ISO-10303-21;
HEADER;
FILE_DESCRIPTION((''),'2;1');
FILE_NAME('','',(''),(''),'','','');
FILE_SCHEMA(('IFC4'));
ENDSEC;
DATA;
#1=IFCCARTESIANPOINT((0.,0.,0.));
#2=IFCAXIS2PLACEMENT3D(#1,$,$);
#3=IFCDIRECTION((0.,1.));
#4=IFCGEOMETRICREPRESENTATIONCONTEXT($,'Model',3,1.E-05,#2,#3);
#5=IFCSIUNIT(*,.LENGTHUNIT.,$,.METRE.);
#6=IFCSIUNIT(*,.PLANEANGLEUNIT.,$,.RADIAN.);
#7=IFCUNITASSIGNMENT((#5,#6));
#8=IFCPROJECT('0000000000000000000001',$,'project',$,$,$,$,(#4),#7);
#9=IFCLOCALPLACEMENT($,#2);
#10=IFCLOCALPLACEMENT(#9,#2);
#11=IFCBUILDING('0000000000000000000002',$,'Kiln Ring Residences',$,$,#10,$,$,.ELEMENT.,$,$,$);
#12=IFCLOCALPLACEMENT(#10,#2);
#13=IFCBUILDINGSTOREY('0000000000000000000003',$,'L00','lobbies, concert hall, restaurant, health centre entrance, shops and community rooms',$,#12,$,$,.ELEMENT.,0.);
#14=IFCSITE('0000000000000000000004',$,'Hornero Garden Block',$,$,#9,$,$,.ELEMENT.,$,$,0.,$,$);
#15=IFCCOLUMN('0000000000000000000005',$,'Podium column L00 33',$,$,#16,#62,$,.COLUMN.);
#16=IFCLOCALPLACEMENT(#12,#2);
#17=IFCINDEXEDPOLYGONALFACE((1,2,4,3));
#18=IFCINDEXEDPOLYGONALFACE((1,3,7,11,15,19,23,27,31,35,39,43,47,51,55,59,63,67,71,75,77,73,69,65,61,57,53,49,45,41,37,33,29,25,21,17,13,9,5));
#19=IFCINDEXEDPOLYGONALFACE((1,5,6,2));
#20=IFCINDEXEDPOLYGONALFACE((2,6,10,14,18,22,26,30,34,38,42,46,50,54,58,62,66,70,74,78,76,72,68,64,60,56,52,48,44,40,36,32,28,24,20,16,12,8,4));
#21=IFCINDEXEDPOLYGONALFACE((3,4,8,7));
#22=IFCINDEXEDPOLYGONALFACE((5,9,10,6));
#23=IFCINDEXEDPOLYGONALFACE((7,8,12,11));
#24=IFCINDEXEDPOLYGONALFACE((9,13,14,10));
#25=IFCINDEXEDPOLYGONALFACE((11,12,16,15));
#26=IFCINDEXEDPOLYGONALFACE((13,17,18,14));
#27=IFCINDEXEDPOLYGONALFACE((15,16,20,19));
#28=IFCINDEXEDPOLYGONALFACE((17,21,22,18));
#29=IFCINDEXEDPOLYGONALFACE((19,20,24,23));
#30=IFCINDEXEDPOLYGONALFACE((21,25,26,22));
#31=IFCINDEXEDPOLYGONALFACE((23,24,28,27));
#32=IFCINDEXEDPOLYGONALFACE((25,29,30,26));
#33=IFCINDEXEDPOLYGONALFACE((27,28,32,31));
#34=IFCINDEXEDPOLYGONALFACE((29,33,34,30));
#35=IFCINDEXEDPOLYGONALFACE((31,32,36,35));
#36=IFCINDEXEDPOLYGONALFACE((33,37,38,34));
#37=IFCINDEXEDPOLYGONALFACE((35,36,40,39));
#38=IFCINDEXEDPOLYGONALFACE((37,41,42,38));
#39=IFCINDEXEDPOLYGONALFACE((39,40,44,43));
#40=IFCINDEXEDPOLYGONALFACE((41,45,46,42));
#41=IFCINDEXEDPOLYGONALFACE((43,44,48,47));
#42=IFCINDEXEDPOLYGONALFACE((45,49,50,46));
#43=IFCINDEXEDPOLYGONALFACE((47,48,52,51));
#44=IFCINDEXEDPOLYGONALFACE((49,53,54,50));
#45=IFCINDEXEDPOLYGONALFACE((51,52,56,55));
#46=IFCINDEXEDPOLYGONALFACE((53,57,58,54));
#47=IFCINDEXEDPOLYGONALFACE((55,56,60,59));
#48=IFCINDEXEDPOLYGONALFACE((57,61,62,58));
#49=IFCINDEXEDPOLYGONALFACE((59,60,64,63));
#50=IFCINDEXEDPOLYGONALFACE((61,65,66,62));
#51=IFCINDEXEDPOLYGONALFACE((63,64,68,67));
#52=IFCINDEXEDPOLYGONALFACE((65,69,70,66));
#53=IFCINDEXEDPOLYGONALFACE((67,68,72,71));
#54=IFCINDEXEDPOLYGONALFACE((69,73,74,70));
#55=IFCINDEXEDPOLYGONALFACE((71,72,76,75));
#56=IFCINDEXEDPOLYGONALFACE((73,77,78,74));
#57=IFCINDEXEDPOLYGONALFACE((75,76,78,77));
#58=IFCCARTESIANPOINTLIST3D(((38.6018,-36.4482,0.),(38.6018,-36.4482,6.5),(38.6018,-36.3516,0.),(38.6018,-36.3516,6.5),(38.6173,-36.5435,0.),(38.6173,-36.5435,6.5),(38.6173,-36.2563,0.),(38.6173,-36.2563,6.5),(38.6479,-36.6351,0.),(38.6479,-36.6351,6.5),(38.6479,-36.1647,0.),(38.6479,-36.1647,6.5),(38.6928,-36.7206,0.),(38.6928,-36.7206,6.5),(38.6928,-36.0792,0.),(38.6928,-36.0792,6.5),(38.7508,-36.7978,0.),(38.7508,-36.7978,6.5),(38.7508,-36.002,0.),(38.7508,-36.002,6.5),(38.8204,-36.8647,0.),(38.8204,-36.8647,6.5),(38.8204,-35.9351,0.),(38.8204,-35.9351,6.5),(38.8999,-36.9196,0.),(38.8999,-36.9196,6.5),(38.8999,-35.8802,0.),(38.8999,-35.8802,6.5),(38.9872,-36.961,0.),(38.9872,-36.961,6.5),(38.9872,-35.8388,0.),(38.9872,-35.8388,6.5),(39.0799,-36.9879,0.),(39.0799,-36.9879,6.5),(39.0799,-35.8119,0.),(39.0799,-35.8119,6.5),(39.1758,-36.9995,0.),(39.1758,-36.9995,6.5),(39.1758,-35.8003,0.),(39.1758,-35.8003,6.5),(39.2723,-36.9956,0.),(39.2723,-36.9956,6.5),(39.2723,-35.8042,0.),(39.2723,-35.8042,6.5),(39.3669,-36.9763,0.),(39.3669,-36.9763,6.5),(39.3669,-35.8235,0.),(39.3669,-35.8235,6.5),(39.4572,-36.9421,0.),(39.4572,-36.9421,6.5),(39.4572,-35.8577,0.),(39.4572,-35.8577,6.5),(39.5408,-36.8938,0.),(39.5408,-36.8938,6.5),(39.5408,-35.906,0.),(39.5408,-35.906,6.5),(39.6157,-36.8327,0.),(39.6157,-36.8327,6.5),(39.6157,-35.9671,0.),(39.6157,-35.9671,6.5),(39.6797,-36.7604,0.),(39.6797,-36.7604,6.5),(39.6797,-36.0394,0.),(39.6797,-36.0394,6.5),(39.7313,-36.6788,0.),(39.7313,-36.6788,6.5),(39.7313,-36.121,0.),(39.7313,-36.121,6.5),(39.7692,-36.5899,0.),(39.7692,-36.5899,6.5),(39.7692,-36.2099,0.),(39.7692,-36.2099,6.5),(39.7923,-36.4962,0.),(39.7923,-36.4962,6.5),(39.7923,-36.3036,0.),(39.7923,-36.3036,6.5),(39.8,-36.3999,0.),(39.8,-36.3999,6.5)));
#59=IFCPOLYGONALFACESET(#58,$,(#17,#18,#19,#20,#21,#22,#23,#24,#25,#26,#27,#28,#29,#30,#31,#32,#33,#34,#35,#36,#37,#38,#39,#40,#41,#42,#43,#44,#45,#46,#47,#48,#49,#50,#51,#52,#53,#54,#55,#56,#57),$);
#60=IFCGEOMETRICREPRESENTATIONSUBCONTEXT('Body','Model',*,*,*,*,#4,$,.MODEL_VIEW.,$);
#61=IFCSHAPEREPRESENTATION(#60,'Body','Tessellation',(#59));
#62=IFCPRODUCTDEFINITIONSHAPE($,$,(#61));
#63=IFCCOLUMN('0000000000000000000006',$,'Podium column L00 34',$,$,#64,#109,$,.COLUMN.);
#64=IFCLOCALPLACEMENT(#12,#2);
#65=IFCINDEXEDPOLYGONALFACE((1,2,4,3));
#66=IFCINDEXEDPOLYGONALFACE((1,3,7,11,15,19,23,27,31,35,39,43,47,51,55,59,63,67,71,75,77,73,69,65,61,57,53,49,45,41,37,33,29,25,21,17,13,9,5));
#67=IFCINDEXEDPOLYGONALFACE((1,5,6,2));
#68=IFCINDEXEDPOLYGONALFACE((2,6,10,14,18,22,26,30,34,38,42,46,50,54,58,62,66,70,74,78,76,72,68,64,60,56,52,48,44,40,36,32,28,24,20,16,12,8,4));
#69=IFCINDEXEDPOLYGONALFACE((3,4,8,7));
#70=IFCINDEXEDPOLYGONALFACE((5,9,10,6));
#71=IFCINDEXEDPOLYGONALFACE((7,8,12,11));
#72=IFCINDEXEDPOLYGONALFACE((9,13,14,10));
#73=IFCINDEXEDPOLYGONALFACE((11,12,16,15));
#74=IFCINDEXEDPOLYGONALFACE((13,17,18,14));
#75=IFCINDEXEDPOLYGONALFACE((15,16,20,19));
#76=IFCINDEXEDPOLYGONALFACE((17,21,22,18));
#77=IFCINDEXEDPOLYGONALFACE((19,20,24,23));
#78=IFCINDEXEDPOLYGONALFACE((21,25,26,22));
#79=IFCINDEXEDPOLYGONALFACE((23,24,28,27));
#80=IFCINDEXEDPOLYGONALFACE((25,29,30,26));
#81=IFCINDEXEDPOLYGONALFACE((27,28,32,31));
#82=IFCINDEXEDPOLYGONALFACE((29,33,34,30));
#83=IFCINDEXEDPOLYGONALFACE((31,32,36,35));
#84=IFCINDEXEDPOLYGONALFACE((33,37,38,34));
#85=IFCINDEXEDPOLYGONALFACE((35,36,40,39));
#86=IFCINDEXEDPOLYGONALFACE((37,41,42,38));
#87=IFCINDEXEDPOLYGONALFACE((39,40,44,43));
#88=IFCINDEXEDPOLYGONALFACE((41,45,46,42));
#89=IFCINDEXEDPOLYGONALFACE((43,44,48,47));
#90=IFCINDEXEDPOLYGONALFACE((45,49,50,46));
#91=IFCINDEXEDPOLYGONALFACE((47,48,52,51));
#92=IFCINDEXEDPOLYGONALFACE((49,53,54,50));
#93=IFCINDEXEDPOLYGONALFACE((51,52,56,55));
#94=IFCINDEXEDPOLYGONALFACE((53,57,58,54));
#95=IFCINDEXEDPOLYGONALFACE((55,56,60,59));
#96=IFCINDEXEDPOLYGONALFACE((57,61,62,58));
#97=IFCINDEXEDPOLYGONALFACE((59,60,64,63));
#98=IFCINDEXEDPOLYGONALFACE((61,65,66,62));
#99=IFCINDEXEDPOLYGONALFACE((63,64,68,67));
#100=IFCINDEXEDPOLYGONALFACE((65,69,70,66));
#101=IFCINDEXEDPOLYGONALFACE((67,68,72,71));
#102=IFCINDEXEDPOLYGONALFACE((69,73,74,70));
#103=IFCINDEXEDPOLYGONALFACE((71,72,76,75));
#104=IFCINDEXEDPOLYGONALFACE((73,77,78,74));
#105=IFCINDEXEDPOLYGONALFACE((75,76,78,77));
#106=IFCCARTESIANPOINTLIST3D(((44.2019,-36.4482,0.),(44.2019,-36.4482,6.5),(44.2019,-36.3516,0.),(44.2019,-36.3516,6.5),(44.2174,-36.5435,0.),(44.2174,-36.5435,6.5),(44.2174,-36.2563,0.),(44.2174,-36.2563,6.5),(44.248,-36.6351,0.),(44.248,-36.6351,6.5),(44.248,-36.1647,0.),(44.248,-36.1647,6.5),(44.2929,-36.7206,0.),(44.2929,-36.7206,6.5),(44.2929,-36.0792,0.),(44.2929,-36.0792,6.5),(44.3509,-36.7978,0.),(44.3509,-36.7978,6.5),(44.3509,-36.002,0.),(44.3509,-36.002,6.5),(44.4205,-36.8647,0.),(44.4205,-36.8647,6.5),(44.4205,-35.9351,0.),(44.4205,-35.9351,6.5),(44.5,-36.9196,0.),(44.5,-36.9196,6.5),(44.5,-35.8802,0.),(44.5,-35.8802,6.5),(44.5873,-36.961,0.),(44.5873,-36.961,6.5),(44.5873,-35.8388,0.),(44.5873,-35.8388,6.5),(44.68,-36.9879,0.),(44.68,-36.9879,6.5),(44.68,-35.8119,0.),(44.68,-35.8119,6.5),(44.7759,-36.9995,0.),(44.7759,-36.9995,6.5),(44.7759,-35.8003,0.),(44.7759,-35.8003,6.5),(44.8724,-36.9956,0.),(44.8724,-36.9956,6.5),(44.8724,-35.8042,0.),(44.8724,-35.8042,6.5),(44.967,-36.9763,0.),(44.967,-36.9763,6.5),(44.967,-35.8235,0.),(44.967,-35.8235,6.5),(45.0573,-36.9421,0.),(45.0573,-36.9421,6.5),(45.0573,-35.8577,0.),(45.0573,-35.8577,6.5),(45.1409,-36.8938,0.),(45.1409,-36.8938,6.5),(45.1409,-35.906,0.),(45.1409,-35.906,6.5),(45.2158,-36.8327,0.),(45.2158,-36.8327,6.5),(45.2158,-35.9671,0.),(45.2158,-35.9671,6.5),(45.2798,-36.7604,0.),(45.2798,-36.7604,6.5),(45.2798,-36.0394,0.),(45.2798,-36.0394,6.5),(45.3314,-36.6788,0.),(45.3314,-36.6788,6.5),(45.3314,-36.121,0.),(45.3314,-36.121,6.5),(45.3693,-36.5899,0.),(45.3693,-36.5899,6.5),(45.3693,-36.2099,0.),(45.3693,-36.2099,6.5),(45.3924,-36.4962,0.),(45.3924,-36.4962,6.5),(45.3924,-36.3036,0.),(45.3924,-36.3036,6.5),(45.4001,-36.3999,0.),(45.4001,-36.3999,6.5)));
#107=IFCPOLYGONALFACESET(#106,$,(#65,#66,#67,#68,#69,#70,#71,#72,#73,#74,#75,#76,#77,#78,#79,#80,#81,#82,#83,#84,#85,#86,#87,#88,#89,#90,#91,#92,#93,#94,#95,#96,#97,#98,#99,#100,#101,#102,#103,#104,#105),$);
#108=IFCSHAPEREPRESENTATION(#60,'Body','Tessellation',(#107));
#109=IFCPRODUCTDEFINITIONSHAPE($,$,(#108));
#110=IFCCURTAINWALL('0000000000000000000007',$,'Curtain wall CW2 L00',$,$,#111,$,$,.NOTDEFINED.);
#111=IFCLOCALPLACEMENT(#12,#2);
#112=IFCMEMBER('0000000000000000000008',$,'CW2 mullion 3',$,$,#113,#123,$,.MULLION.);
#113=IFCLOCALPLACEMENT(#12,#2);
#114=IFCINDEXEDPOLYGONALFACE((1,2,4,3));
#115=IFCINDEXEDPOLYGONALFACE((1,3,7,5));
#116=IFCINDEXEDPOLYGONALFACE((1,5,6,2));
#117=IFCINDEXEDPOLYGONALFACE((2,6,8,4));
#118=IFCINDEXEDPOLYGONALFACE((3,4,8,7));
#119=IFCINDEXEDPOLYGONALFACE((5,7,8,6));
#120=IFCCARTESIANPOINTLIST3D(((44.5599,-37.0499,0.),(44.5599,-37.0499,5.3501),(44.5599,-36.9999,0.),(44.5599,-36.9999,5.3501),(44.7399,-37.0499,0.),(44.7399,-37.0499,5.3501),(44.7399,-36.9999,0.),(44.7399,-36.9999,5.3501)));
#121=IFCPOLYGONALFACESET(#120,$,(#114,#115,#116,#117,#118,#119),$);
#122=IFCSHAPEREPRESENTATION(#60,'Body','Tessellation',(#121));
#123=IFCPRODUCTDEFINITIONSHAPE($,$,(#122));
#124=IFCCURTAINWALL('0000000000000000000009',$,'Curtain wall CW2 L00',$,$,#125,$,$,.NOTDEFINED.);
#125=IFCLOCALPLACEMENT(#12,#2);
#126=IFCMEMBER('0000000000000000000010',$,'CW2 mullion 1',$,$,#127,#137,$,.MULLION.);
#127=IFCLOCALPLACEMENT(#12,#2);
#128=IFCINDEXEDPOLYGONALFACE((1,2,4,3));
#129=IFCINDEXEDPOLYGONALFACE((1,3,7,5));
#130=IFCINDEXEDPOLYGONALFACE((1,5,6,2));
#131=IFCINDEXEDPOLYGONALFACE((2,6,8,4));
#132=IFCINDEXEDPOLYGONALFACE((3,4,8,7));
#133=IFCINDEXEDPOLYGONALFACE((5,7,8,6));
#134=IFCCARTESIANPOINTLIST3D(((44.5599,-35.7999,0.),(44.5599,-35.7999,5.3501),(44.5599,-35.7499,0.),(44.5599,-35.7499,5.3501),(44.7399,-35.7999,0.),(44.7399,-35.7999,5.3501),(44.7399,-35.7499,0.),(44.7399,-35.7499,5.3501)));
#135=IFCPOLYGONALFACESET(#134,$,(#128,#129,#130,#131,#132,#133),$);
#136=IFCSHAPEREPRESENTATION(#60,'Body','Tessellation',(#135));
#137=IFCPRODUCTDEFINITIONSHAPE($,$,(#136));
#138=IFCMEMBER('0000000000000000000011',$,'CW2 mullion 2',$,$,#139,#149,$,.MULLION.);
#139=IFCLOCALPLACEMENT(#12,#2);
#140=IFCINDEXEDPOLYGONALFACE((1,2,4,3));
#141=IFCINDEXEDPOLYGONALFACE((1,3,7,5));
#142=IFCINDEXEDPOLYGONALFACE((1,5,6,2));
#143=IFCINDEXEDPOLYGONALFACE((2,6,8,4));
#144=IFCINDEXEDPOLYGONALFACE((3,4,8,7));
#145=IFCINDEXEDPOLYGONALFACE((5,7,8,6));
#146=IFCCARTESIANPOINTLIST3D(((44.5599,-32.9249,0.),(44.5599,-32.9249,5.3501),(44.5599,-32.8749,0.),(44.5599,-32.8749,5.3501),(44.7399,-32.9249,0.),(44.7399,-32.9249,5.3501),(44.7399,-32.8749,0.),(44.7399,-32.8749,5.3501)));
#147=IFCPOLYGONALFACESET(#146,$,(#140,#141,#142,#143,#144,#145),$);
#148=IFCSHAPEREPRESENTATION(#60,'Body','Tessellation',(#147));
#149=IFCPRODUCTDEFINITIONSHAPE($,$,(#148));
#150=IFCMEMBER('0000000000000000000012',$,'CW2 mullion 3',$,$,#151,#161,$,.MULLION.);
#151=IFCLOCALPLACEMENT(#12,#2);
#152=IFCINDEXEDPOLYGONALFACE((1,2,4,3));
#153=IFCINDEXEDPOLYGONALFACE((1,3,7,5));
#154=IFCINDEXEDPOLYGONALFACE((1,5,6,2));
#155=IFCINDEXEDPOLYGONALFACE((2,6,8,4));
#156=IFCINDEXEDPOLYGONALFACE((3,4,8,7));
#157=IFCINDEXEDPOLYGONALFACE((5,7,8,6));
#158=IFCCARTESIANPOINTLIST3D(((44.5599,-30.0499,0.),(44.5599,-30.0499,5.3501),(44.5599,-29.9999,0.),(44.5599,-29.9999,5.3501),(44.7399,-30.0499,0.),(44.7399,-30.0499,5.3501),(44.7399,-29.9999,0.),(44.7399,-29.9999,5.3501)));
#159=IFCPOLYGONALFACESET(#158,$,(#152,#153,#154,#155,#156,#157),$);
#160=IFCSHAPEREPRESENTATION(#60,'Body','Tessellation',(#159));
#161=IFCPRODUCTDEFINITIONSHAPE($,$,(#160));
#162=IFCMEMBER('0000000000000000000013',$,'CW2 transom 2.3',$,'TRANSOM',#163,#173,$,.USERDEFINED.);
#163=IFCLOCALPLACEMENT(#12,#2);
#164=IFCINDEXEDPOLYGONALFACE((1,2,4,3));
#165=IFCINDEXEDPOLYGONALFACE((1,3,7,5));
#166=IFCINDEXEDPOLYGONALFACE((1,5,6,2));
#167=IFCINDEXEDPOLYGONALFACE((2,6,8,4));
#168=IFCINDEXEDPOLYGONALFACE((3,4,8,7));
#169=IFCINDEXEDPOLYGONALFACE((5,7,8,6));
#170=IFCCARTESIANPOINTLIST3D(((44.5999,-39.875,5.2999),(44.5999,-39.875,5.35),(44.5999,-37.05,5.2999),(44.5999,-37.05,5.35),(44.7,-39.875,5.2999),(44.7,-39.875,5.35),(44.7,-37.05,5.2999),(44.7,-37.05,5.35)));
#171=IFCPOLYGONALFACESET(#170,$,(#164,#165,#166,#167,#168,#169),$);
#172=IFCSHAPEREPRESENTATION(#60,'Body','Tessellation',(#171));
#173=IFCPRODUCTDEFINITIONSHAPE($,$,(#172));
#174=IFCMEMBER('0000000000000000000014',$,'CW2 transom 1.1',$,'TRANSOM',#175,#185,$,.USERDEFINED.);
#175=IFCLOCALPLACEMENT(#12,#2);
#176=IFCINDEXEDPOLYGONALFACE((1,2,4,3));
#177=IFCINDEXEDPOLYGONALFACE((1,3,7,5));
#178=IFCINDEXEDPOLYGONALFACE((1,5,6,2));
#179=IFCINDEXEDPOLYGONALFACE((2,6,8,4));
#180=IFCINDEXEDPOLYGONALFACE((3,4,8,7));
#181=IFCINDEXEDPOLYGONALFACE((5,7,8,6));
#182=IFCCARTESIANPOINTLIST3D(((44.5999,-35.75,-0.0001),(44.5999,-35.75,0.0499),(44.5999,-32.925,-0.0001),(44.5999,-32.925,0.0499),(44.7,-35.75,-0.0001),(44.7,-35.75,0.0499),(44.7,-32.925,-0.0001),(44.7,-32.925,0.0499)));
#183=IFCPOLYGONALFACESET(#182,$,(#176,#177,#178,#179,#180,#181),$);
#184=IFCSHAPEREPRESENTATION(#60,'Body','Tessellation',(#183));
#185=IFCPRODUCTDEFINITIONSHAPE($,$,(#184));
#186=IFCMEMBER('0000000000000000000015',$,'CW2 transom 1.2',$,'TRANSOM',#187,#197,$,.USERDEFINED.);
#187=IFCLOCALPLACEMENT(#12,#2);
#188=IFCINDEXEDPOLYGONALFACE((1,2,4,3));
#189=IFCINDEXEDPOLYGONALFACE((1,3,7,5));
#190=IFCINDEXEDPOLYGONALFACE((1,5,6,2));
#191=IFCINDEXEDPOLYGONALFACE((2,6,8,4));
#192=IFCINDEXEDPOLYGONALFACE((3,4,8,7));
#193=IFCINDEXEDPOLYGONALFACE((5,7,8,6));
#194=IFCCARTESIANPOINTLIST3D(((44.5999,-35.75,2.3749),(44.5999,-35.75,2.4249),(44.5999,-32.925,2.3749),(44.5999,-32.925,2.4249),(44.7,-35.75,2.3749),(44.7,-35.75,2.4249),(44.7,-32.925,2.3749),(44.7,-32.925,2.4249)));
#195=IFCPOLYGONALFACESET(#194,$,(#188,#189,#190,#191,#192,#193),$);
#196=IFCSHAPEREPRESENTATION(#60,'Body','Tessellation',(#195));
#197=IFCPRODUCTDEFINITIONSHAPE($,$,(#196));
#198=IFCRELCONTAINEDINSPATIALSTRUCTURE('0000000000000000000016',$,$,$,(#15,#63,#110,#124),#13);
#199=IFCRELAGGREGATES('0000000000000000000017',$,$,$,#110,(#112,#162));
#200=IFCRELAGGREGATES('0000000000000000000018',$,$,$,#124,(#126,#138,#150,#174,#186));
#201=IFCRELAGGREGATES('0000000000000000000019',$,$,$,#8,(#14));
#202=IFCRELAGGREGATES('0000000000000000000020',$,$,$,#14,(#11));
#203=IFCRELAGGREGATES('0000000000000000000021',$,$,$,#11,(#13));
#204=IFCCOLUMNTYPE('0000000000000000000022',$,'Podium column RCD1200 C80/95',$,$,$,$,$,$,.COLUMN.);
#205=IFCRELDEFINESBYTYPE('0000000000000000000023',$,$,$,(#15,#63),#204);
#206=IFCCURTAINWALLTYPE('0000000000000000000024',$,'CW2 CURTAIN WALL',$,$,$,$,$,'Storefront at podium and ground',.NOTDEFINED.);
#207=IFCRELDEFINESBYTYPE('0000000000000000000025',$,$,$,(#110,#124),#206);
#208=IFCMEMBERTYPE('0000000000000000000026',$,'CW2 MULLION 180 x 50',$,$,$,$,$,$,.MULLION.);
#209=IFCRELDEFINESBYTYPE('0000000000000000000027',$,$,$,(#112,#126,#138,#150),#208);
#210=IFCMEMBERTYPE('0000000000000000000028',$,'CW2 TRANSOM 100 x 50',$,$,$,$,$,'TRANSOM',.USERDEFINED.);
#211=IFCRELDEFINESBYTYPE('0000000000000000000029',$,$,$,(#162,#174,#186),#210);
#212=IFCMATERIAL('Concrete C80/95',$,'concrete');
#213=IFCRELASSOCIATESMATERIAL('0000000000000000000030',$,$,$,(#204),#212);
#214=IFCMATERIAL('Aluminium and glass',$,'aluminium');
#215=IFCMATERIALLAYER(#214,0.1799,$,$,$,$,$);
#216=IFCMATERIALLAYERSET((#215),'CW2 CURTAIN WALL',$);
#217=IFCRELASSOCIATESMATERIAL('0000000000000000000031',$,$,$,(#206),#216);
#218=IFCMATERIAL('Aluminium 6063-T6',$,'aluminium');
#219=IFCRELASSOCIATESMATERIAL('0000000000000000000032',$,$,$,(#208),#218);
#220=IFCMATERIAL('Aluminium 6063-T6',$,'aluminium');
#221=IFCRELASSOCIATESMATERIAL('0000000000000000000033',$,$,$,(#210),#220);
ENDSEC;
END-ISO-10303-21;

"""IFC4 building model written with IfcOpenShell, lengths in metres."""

from ifc_helpers import new_model, si_unit, direction, frame, origin, origin_2d, place, context, subcontext, project, spatial, rectangle, circle, extrude, material, layer, layer_set, material_profile, profile_set, type_object, element, aggregate, save


model = new_model("IFC4")

# Units and contexts
model_context = context("Model", 3, precision=1e-05, world=origin(), true_north=direction((0.0, 1.0)))
body_context = subcontext(model_context, "Body", "Model", "MODEL_VIEW")
ifc_project = project(units=[si_unit("LENGTHUNIT", "METRE"), si_unit("PLANEANGLEUNIT", "RADIAN")], contexts=[model_context])

# Site, building, storey
site_placement = place(None, origin())
site = spatial("IfcSite", under=ifc_project, at=site_placement, Name="Hornero Garden Block", CompositionType="ELEMENT", RefElevation=0.0)
building_placement = place(site_placement, origin())
building = spatial("IfcBuilding", under=site, at=building_placement, Name="Kiln Ring Residences", CompositionType="ELEMENT")
storey_placement = place(building_placement, origin())
storey = spatial("IfcBuildingStorey", under=building, at=storey_placement, Name="L00", Description="lobbies, concert hall, restaurant, health centre entrance, shops and community rooms", CompositionType="ELEMENT", Elevation=0.0)

# Columns
ifc_material_1 = material(Name="Concrete C80/95", Category="concrete")
ifc_material_profile_1 = material_profile(ifc_material_1, circle(Radius=0.6001, at=origin_2d()), Name="RCD1200")
ifc_profile_set_1 = profile_set([ifc_material_profile_1], Name="Concrete C80/95")
column_type = type_object("IfcColumnType", Name="Podium column RCD1200 C80/95", PredefinedType="COLUMN", material=ifc_profile_set_1)
for number, where, z_axis, x_axis, name in (
    (1, (39.2, -36.3999, 0.0), (0.0, 0.0, 1.0), (1.0, 0.0, 0.0), "Podium column L00 33"),
    (2, (44.8, -36.3999, 0.0), (0.0, 0.0, 1.0), (1.0, 0.0, 0.0), "Podium column L00 34"),
):
    element("IfcColumn", number, at=place(storey_placement, frame(where, z_axis=z_axis, x_axis=x_axis)), inside=storey, type_object=column_type, Name=name, PredefinedType="COLUMN", context=body_context, shape_type="SweptSolid", body=[
        extrude(circle(Radius=0.6001, at=origin_2d()), origin(), (0.0, 0.0, 1.0), 6.5),
    ])

# Curtain wall, member
ifc_material_2 = material(Name="Aluminium and glass", Category="aluminium")
ifc_layer_1 = layer(ifc_material_2, 0.1799)
ifc_layer_set_1 = layer_set([ifc_layer_1], Name="CW2 CURTAIN WALL")
curtain_wall_type = type_object("IfcCurtainWallType", Name="CW2 CURTAIN WALL", ElementType="Storefront at podium and ground", PredefinedType="NOTDEFINED", material=ifc_layer_set_1)
placement = place(storey_placement, origin())
curtain_wall_1 = element("IfcCurtainWall", 3, at=placement, inside=storey, type_object=curtain_wall_type, Name="Curtain wall CW2 L00", PredefinedType="NOTDEFINED")
ifc_material_3 = material(Name="Aluminium 6063-T6", Category="aluminium")
ifc_material_profile_2 = material_profile(ifc_material_3, rectangle(XDim=0.1799, YDim=0.05, at=origin_2d()), Name="AL 180x50")
ifc_profile_set_2 = profile_set([ifc_material_profile_2], Name="Aluminium 6063-T6")
member_type_1 = type_object("IfcMemberType", Name="CW2 MULLION 180 x 50", PredefinedType="MULLION", material=ifc_profile_set_2)
member_1_placement = place(storey_placement, frame((44.6499, -37.0249, 0.0), z_axis=(0.0, 0.0, 1.0), x_axis=(-1.0, 0.0, 0.0)))
member_1 = element("IfcMember", 4, at=member_1_placement, type_object=member_type_1, Name="CW2 mullion 3", PredefinedType="MULLION", context=body_context, shape_type="SweptSolid", body=[
    extrude(rectangle(XDim=0.1799, YDim=0.05, at=origin_2d()), origin(), (0.0, 0.0, 1.0), 5.3501),
])

# Curtain wall, members
curtain_wall_2 = element("IfcCurtainWall", 5, at=placement, inside=storey, type_object=curtain_wall_type, Name="Curtain wall CW2 L00", PredefinedType="NOTDEFINED")
member_2_placement = place(storey_placement, frame((44.6499, -35.7749, 0.0), z_axis=(0.0, 0.0, 1.0), x_axis=(-1.0, 0.0, 0.0)))
member_2 = element("IfcMember", 6, at=member_2_placement, type_object=member_type_1, Name="CW2 mullion 1", PredefinedType="MULLION", context=body_context, shape_type="SweptSolid", body=[
    extrude(rectangle(XDim=0.1799, YDim=0.05, at=origin_2d()), origin(), (0.0, 0.0, 1.0), 5.3501),
])
member_3_placement = place(storey_placement, frame((44.6499, -32.8999, 0.0), z_axis=(0.0, 0.0, 1.0), x_axis=(-1.0, 0.0, 0.0)))
member_3 = element("IfcMember", 7, at=member_3_placement, type_object=member_type_1, Name="CW2 mullion 2", PredefinedType="MULLION", context=body_context, shape_type="SweptSolid", body=[
    extrude(rectangle(XDim=0.1799, YDim=0.05, at=origin_2d()), origin(), (0.0, 0.0, 1.0), 5.3501),
])
member_4_placement = place(storey_placement, frame((44.6499, -30.0249, 0.0), z_axis=(0.0, 0.0, 1.0), x_axis=(-1.0, 0.0, 0.0)))
member_4 = element("IfcMember", 8, at=member_4_placement, type_object=member_type_1, Name="CW2 mullion 3", PredefinedType="MULLION", context=body_context, shape_type="SweptSolid", body=[
    extrude(rectangle(XDim=0.1799, YDim=0.05, at=origin_2d()), origin(), (0.0, 0.0, 1.0), 5.3501),
])

# Members
ifc_material_4 = material(Name="Aluminium 6063-T6", Category="aluminium")
ifc_material_profile_3 = material_profile(ifc_material_4, rectangle(XDim=0.1001, YDim=0.05, at=origin_2d()), Name="AL 100x50")
ifc_profile_set_3 = profile_set([ifc_material_profile_3], Name="Aluminium 6063-T6")
member_type_2 = type_object("IfcMemberType", Name="CW2 TRANSOM 100 x 50", ElementType="TRANSOM", PredefinedType="USERDEFINED", material=ifc_profile_set_3)
member_5_placement = place(storey_placement, frame((44.6499, -39.875, 5.325), z_axis=(0.0, 1.0, 0.0), x_axis=(-1.0, 0.0, 0.0)))
member_5 = element("IfcMember", 9, at=member_5_placement, type_object=member_type_2, Name="CW2 transom 2.3", ObjectType="TRANSOM", PredefinedType="USERDEFINED", context=body_context, shape_type="SweptSolid", body=[
    extrude(rectangle(XDim=0.1001, YDim=0.05, at=origin_2d()), origin(), (0.0, 0.0, 1.0), 2.825),
])
member_6_placement = place(storey_placement, frame((44.6499, -35.75, 0.0249), z_axis=(0.0, 1.0, 0.0), x_axis=(-1.0, 0.0, 0.0)))
member_6 = element("IfcMember", 10, at=member_6_placement, type_object=member_type_2, Name="CW2 transom 1.1", ObjectType="TRANSOM", PredefinedType="USERDEFINED", context=body_context, shape_type="SweptSolid", body=[
    extrude(rectangle(XDim=0.1001, YDim=0.05, at=origin_2d()), origin(), (0.0, 0.0, 1.0), 2.825),
])
member_7_placement = place(storey_placement, frame((44.6499, -35.75, 2.3999), z_axis=(0.0, 1.0, 0.0), x_axis=(-1.0, 0.0, 0.0)))
member_7 = element("IfcMember", 11, at=member_7_placement, type_object=member_type_2, Name="CW2 transom 1.2", ObjectType="TRANSOM", PredefinedType="USERDEFINED", context=body_context, shape_type="SweptSolid", body=[
    extrude(rectangle(XDim=0.1001, YDim=0.05, at=origin_2d()), origin(), (0.0, 0.0, 1.0), 2.825),
])

aggregate(curtain_wall_1, [member_1, member_5])
aggregate(curtain_wall_2, [member_2, member_3, member_4, member_6, member_7])

save(model, "model.ifc")
